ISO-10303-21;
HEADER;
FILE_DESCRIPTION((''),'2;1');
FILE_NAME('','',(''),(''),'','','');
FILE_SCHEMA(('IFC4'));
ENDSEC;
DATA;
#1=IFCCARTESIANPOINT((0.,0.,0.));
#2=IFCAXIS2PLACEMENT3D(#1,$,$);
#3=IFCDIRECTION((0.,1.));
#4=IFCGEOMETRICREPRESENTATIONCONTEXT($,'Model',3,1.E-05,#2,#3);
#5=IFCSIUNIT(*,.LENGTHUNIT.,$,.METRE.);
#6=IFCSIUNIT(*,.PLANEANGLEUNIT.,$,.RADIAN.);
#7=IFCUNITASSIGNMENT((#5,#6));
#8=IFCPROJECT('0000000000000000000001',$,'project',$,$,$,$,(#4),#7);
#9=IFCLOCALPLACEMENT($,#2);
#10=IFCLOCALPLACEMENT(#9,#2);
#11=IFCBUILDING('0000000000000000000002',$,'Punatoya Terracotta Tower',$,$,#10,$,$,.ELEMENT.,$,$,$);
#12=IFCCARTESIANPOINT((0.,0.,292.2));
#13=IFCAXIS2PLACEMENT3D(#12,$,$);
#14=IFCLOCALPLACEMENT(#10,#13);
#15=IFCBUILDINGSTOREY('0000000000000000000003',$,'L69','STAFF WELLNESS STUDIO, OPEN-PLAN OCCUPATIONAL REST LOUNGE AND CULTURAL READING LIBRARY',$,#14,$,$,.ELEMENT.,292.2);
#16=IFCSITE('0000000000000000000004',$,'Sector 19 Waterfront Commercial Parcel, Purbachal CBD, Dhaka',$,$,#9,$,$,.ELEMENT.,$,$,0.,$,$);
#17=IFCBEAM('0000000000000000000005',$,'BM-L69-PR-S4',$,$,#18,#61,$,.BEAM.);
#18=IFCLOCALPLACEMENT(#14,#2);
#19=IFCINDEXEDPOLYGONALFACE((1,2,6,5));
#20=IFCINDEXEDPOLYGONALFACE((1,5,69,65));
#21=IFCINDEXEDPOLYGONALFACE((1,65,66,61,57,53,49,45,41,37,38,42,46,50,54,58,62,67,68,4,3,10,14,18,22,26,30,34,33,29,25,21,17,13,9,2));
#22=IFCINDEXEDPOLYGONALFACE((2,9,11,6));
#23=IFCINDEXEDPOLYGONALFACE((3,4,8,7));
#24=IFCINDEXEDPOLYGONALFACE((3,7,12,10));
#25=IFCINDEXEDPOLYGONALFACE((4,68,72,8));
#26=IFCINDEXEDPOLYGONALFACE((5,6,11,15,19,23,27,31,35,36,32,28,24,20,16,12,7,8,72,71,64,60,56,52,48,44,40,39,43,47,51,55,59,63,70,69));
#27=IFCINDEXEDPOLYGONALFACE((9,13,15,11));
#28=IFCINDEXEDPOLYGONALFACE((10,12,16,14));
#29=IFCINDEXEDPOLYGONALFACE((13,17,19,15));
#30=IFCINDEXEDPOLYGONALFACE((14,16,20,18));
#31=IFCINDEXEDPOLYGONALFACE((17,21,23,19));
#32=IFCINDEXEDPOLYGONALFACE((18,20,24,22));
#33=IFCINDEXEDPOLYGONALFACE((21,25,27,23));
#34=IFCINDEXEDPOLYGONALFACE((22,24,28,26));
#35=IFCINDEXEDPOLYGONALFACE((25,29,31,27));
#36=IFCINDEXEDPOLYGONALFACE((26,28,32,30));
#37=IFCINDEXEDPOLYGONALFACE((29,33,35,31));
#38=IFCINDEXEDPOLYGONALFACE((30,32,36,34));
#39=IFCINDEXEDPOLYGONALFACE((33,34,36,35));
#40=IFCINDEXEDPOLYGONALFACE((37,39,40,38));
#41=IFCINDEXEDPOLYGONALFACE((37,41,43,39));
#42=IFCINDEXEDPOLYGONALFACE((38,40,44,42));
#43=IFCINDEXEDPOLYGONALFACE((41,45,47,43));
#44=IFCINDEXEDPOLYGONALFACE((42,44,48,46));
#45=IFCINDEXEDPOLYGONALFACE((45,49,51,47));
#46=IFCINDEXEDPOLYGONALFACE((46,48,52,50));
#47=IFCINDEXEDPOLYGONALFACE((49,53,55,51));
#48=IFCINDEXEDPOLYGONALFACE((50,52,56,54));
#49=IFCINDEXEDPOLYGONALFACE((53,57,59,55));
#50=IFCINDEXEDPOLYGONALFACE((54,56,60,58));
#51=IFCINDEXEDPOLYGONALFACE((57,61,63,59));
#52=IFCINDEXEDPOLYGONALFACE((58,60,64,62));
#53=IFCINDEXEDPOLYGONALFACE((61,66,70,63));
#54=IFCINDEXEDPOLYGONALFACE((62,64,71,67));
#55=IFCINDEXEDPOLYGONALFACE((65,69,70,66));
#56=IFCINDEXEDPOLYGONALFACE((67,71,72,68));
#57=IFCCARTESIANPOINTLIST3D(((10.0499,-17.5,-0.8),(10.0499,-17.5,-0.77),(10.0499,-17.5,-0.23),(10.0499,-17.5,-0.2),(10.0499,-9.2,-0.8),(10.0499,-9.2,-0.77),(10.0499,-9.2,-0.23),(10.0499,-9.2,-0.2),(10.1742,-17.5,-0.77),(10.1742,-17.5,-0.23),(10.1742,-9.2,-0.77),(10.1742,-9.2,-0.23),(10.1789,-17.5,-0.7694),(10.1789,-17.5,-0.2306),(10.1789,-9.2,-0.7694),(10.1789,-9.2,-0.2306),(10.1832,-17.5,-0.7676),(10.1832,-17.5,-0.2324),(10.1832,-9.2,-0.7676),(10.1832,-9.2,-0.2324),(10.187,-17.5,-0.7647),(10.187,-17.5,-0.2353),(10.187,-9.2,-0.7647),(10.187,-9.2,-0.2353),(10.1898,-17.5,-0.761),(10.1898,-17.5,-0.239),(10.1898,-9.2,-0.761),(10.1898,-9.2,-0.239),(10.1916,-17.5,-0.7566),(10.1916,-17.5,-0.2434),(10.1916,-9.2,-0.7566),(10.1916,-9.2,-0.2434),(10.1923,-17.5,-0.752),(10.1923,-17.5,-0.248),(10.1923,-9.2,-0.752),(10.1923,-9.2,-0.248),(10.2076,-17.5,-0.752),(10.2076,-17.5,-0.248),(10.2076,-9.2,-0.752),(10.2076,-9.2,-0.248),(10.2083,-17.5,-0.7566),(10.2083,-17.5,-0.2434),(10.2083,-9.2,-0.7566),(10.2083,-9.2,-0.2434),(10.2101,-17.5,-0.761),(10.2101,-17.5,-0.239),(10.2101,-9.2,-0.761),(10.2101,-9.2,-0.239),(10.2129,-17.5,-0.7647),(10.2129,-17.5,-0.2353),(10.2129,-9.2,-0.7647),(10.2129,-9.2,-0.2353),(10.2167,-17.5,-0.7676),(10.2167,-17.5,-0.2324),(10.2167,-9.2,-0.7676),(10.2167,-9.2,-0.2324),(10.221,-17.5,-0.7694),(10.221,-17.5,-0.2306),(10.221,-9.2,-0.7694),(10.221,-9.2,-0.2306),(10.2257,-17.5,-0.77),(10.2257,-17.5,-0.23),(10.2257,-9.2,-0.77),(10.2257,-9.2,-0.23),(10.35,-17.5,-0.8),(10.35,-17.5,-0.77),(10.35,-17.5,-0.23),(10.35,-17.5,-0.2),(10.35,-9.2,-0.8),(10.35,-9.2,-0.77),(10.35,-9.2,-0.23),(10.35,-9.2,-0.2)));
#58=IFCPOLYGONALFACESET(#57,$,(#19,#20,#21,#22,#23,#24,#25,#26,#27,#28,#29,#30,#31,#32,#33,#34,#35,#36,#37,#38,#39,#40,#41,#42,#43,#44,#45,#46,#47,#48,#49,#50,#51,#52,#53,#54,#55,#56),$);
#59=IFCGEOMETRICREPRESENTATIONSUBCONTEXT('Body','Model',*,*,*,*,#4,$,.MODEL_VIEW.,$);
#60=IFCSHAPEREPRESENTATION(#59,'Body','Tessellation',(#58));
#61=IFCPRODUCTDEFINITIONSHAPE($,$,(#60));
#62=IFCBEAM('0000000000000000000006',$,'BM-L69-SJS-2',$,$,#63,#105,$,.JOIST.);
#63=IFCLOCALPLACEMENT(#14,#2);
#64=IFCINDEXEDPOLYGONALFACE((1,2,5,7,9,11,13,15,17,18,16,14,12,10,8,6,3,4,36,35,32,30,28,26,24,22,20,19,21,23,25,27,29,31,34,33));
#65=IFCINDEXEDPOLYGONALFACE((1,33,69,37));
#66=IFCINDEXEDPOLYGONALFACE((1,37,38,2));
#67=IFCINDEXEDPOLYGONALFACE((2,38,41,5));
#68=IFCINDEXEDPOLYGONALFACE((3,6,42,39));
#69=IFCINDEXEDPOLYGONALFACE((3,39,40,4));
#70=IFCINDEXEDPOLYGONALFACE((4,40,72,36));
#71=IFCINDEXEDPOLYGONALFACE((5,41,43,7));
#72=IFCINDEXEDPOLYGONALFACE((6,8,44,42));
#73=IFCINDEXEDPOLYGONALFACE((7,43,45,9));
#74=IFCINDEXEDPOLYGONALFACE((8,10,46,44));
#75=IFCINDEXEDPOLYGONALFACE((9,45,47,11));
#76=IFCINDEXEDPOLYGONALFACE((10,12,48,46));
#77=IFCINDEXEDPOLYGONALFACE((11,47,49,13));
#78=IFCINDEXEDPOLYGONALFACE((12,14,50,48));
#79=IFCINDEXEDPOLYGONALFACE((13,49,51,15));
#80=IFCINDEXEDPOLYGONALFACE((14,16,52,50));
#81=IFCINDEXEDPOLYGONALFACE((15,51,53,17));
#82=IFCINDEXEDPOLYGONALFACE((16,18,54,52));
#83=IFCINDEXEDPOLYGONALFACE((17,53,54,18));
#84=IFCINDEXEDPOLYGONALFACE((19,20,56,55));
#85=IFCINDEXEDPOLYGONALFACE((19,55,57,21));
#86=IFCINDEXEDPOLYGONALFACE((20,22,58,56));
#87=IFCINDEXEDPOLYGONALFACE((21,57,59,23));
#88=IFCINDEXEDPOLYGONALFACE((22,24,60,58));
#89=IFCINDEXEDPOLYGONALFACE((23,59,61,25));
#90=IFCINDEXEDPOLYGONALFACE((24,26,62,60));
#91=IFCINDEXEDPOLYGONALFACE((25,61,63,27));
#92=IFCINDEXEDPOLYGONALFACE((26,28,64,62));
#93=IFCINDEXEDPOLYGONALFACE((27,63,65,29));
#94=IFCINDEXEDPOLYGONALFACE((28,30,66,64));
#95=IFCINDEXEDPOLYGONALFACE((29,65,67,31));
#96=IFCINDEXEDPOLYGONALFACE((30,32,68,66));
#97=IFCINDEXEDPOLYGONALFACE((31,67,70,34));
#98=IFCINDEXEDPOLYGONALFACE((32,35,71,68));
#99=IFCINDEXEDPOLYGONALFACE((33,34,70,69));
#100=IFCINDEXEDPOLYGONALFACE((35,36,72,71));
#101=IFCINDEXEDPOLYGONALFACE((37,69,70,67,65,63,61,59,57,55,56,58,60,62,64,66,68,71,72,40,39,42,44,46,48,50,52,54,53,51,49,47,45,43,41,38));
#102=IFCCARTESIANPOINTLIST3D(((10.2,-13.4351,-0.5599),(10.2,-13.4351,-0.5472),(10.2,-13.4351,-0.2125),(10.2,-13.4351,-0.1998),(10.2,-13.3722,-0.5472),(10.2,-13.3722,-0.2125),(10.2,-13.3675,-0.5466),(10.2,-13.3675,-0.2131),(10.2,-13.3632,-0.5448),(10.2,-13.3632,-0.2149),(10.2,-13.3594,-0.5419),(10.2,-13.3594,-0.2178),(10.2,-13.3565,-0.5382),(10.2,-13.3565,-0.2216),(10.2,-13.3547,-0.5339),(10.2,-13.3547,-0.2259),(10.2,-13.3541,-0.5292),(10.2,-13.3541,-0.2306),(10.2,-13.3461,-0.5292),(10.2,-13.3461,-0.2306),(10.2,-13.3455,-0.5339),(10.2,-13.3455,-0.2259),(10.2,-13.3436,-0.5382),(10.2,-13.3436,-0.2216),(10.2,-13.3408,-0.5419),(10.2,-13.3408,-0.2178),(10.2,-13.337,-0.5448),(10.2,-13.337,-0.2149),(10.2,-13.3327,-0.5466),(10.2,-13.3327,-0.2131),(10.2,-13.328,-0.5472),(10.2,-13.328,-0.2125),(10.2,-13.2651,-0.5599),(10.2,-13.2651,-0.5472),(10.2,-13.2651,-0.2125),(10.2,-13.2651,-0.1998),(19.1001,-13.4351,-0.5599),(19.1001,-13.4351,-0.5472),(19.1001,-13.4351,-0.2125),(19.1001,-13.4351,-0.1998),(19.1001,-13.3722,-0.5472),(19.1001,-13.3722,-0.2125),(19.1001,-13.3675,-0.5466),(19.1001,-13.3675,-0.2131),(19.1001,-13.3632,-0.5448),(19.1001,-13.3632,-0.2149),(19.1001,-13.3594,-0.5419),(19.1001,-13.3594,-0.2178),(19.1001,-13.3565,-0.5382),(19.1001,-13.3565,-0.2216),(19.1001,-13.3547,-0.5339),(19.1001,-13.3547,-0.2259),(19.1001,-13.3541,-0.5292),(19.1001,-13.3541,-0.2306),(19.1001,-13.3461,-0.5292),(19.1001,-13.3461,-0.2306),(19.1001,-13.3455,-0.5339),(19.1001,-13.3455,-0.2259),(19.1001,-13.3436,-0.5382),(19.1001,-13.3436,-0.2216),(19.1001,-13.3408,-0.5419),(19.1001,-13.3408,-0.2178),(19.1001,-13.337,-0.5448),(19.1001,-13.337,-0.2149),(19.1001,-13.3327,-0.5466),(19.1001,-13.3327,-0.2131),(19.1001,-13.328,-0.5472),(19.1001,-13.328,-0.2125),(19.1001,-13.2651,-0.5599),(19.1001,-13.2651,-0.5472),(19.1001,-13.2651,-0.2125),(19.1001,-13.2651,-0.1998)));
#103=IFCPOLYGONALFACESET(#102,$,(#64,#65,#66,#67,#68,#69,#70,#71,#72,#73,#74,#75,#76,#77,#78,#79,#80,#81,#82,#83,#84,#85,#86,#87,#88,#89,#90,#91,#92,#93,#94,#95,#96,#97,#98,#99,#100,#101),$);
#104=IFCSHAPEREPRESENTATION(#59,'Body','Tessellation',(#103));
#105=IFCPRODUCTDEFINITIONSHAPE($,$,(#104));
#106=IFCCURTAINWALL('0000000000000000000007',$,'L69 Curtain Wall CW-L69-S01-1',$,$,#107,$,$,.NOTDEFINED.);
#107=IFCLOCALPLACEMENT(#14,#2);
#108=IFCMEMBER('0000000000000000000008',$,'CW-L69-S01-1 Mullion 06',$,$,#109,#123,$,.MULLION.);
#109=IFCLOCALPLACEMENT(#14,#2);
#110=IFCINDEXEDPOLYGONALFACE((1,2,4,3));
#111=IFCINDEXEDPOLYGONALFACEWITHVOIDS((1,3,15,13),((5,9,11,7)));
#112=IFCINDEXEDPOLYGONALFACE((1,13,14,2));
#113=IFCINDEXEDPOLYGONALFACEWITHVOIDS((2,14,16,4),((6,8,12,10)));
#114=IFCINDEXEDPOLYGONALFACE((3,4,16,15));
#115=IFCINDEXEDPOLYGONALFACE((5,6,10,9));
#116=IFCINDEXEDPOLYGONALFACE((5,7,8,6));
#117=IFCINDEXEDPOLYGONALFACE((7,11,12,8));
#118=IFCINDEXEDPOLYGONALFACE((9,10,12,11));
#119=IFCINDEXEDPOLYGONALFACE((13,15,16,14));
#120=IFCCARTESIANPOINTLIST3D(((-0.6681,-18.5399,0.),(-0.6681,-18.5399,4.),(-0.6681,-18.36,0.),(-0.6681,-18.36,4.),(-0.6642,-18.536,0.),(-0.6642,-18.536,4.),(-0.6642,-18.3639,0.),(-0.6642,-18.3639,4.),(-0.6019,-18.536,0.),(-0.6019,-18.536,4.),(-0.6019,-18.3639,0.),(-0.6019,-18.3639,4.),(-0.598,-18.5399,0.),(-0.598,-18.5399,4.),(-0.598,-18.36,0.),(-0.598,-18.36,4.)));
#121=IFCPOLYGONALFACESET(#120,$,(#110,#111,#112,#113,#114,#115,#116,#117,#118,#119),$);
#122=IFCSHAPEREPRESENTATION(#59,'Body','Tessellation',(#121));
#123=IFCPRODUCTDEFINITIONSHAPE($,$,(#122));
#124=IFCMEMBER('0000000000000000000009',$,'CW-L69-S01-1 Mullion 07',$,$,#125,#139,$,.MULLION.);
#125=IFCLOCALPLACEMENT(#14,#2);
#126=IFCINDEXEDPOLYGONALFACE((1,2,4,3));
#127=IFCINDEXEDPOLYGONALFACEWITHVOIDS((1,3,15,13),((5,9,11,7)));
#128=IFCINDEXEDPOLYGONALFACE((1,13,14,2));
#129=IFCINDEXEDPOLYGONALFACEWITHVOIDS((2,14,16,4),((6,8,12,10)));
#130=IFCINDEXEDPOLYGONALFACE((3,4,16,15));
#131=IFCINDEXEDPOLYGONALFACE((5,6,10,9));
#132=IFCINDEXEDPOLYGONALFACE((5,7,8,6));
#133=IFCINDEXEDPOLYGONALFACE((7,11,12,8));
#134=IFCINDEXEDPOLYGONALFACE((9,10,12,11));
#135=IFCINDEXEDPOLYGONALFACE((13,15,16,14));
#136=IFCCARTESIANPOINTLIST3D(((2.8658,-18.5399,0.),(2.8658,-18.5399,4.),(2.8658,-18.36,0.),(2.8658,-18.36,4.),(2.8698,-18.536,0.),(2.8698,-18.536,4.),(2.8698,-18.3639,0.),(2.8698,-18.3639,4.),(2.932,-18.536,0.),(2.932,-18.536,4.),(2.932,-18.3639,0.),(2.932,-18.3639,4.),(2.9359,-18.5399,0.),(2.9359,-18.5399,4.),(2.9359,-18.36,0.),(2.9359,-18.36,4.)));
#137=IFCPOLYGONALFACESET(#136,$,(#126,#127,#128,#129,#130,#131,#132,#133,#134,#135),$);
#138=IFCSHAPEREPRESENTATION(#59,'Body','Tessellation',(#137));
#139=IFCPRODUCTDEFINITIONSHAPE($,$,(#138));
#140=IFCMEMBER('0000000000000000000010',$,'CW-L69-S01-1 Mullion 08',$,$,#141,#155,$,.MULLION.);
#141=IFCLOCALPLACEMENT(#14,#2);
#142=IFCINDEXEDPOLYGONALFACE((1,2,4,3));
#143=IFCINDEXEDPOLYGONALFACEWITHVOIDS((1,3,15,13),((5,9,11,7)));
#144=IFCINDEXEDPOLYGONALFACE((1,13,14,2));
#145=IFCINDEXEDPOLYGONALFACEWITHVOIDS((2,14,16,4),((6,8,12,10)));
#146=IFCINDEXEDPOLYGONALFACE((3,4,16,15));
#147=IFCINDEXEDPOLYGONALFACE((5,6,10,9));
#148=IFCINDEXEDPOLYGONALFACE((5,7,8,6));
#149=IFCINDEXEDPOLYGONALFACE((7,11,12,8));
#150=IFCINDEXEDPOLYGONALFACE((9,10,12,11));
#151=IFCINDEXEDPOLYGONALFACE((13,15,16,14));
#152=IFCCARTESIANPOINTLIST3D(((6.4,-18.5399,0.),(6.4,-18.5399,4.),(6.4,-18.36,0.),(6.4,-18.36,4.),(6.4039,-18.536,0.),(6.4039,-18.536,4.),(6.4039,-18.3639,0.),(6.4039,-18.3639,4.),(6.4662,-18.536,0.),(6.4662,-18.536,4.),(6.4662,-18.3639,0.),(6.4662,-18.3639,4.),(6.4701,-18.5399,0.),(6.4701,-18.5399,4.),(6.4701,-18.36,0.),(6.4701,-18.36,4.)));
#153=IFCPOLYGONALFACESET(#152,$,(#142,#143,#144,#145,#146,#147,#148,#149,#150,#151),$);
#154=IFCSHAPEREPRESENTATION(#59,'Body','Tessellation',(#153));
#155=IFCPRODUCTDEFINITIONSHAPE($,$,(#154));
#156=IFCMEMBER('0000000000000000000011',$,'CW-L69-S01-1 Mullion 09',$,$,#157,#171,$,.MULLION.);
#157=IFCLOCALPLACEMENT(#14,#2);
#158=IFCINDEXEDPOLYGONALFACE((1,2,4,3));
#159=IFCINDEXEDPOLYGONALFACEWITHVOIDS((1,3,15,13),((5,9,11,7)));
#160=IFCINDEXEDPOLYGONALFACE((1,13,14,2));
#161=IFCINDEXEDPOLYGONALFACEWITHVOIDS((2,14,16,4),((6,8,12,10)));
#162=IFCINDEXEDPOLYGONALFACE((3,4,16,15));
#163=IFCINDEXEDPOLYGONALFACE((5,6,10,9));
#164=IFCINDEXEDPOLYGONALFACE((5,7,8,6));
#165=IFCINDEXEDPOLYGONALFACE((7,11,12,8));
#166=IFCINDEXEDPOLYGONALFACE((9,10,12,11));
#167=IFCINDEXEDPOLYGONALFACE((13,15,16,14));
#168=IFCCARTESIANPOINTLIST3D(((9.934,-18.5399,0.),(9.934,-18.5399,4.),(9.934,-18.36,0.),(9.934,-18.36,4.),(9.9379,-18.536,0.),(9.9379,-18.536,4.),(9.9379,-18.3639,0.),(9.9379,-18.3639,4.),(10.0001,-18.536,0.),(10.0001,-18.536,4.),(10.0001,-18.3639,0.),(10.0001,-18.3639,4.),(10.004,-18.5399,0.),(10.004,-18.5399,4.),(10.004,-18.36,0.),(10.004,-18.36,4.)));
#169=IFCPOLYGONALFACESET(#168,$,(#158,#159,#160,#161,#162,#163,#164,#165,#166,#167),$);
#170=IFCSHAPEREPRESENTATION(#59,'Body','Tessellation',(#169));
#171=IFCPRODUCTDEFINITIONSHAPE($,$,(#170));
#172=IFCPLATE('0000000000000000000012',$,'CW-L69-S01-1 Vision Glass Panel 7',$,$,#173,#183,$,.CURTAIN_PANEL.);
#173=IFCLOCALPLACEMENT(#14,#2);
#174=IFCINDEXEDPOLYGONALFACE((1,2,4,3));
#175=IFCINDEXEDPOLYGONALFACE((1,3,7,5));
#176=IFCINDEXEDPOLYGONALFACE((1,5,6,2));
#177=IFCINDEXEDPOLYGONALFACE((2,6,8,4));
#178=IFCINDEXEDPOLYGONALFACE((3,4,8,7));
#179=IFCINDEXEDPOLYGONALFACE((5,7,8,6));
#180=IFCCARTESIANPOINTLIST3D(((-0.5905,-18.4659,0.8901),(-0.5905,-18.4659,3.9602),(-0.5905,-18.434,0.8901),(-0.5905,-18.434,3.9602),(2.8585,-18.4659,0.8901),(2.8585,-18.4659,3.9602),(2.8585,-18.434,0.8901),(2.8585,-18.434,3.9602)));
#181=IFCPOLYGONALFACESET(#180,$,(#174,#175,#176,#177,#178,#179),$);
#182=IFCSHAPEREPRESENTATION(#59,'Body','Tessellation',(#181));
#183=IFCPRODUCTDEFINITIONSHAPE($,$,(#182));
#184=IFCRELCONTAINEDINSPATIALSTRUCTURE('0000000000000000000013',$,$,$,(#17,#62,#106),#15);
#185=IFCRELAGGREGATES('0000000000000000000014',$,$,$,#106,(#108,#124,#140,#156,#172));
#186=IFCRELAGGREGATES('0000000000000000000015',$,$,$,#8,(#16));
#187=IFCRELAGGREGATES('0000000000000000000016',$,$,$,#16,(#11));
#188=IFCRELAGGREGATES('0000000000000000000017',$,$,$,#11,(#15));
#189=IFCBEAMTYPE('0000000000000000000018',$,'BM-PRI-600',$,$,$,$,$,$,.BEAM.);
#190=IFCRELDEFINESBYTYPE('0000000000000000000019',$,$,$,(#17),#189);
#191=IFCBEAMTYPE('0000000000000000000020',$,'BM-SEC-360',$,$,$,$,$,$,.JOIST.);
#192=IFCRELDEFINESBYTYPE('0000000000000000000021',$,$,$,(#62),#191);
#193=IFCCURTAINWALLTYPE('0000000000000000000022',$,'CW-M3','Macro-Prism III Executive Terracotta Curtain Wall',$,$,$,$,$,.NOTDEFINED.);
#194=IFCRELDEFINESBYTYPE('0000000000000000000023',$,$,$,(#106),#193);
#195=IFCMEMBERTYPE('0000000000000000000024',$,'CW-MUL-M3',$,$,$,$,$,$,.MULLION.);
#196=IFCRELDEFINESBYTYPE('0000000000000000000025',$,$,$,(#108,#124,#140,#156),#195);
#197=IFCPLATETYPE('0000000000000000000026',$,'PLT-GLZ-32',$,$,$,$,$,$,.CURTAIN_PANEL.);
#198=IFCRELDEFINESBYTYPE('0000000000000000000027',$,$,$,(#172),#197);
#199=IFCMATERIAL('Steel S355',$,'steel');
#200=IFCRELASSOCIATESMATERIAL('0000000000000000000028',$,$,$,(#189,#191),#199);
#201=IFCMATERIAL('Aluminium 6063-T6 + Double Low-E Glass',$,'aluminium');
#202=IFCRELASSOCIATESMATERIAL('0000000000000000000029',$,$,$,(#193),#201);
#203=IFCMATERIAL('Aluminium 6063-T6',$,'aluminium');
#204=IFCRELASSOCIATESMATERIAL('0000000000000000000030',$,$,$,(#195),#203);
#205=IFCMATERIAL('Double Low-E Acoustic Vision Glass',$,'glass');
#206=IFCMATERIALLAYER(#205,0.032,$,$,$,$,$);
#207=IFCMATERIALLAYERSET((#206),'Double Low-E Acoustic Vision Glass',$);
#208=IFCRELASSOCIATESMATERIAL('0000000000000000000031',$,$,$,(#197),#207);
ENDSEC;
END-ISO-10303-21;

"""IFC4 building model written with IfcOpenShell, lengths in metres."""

from ifc_helpers import new_model, si_unit, direction, frame, origin, origin_2d, place, context, subcontext, project, spatial, rectangle, hollow_rectangle, i_section, extrude, material, layer, layer_set, material_profile, profile_set, type_object, element, aggregate, save


model = new_model("IFC4")

# Units and contexts
model_context = context("Model", 3, precision=1e-05, world=origin(), true_north=direction((0.0, 1.0)))
body_context = subcontext(model_context, "Body", "Model", "MODEL_VIEW")
ifc_project = project(units=[si_unit("LENGTHUNIT", "METRE"), si_unit("PLANEANGLEUNIT", "RADIAN")], contexts=[model_context])

# Site, building, storey
site_placement = place(None, origin())
site = spatial("IfcSite", under=ifc_project, at=site_placement, Name="Sector 19 Waterfront Commercial Parcel, Purbachal CBD, Dhaka", CompositionType="ELEMENT", RefElevation=0.0)
building_placement = place(site_placement, origin())
building = spatial("IfcBuilding", under=site, at=building_placement, Name="Punatoya Terracotta Tower", CompositionType="ELEMENT")
storey_placement = place(building_placement, frame((0.0, 0.0, 292.2)))
storey = spatial("IfcBuildingStorey", under=building, at=storey_placement, Name="L69", Description="STAFF WELLNESS STUDIO, OPEN-PLAN OCCUPATIONAL REST LOUNGE AND CULTURAL READING LIBRARY", CompositionType="ELEMENT", Elevation=292.2)

# Beams
ifc_material_1 = material(Name="Steel S355", Category="steel")
ifc_material_profile_1 = material_profile(ifc_material_1, i_section(OverallWidth=0.3, OverallDepth=0.6001, WebThickness=0.0154, FlangeThickness=0.03, FilletRadius=0.0181, at=origin_2d()))
ifc_profile_set_1 = profile_set([ifc_material_profile_1], Name="Steel S355")
beam_type_1 = type_object("IfcBeamType", Name="BM-PRI-600", PredefinedType="BEAM", material=ifc_profile_set_1)
for number, where, z_axis, x_axis, name in (
    (1, (10.2, -17.5, -0.5), (0.0, 1.0, 0.0), (-1.0, 0.0, 0.0), "BM-L69-PR-S4"),
):
    element("IfcBeam", number, at=place(storey_placement, frame(where, z_axis=z_axis, x_axis=x_axis)), inside=storey, type_object=beam_type_1, Name=name, PredefinedType="BEAM", context=body_context, shape_type="SweptSolid", body=[
        extrude(i_section(OverallWidth=0.3, OverallDepth=0.6001, WebThickness=0.0154, FlangeThickness=0.03, FilletRadius=0.0181, at=origin_2d()), origin(), (0.0, 0.0, 1.0), 8.3),
    ])
ifc_material_profile_2 = material_profile(ifc_material_1, i_section(OverallWidth=0.1699, OverallDepth=0.3601, WebThickness=0.0081, FlangeThickness=0.0127, FilletRadius=0.0181, at=origin_2d()))
ifc_profile_set_2 = profile_set([ifc_material_profile_2], Name="Steel S355")
beam_type_2 = type_object("IfcBeamType", Name="BM-SEC-360", PredefinedType="JOIST", material=ifc_profile_set_2)
beam_1_placement = place(storey_placement, frame((10.2, -13.3501, -0.3799), z_axis=(1.0, 0.0, 0.0), x_axis=(0.0, 1.0, 0.0)))
element("IfcBeam", 2, at=beam_1_placement, inside=storey, type_object=beam_type_2, Name="BM-L69-SJS-2", PredefinedType="JOIST", context=body_context, shape_type="SweptSolid", body=[
    extrude(i_section(OverallWidth=0.1699, OverallDepth=0.3601, WebThickness=0.0081, FlangeThickness=0.0127, FilletRadius=0.0181, at=origin_2d()), origin(), (0.0, 0.0, 1.0), 8.9001),
])

# Curtain wall, members, plate
ifc_material_2 = material(Name="Aluminium 6063-T6 + Double Low-E Glass", Category="aluminium")
curtain_wall_type = type_object("IfcCurtainWallType", Name="CW-M3", Description="Macro-Prism III Executive Terracotta Curtain Wall", PredefinedType="NOTDEFINED", material=ifc_material_2)
curtain_wall_placement = place(storey_placement, origin())
curtain_wall = element("IfcCurtainWall", 3, at=curtain_wall_placement, inside=storey, type_object=curtain_wall_type, Name="L69 Curtain Wall CW-L69-S01-1", PredefinedType="NOTDEFINED")
ifc_material_3 = material(Name="Aluminium 6063-T6", Category="aluminium")
ifc_material_profile_3 = material_profile(ifc_material_3, hollow_rectangle(XDim=0.0701, YDim=0.1799, WallThickness=0.0039, at=origin_2d()))
ifc_profile_set_3 = profile_set([ifc_material_profile_3], Name="Aluminium 6063-T6")
member_type = type_object("IfcMemberType", Name="CW-MUL-M3", PredefinedType="MULLION", material=ifc_profile_set_3)
member_1_placement = place(storey_placement, frame((-0.6331, -18.45, 0.0), z_axis=(0.0, 0.0, 1.0), x_axis=(1.0, 0.0, 0.0)))
member_1 = element("IfcMember", 4, at=member_1_placement, type_object=member_type, Name="CW-L69-S01-1 Mullion 06", PredefinedType="MULLION", context=body_context, shape_type="SweptSolid", body=[
    extrude(hollow_rectangle(XDim=0.0701, YDim=0.1799, WallThickness=0.0039, at=origin_2d()), origin(), (0.0, 0.0, 1.0), 4.0),
])
member_2_placement = place(storey_placement, frame((2.9009, -18.45, 0.0), z_axis=(0.0, 0.0, 1.0), x_axis=(1.0, 0.0, 0.0)))
member_2 = element("IfcMember", 5, at=member_2_placement, type_object=member_type, Name="CW-L69-S01-1 Mullion 07", PredefinedType="MULLION", context=body_context, shape_type="SweptSolid", body=[
    extrude(hollow_rectangle(XDim=0.0701, YDim=0.1799, WallThickness=0.0039, at=origin_2d()), origin(), (0.0, 0.0, 1.0), 4.0),
])
member_3_placement = place(storey_placement, frame((6.4351, -18.45, 0.0), z_axis=(0.0, 0.0, 1.0), x_axis=(1.0, 0.0, 0.0)))
member_3 = element("IfcMember", 6, at=member_3_placement, type_object=member_type, Name="CW-L69-S01-1 Mullion 08", PredefinedType="MULLION", context=body_context, shape_type="SweptSolid", body=[
    extrude(hollow_rectangle(XDim=0.0701, YDim=0.1799, WallThickness=0.0039, at=origin_2d()), origin(), (0.0, 0.0, 1.0), 4.0),
])
member_4_placement = place(storey_placement, frame((9.969, -18.45, 0.0), z_axis=(0.0, 0.0, 1.0), x_axis=(1.0, 0.0, 0.0)))
member_4 = element("IfcMember", 7, at=member_4_placement, type_object=member_type, Name="CW-L69-S01-1 Mullion 09", PredefinedType="MULLION", context=body_context, shape_type="SweptSolid", body=[
    extrude(hollow_rectangle(XDim=0.0701, YDim=0.1799, WallThickness=0.0039, at=origin_2d()), origin(), (0.0, 0.0, 1.0), 4.0),
])
ifc_material_4 = material(Name="Double Low-E Acoustic Vision Glass", Category="glass")
ifc_layer_1 = layer(ifc_material_4, 0.032)
ifc_layer_set_1 = layer_set([ifc_layer_1], Name="Double Low-E Acoustic Vision Glass")
plate_type_1 = type_object("IfcPlateType", Name="PLT-GLZ-32", PredefinedType="CURTAIN_PANEL", material=ifc_layer_set_1)
plate_1_placement = place(storey_placement, frame((1.134, -18.45, 0.8901), z_axis=(0.0, 0.0, 1.0), x_axis=(1.0, 0.0, 0.0)))
plate_1 = element("IfcPlate", 8, at=plate_1_placement, type_object=plate_type_1, Name="CW-L69-S01-1 Vision Glass Panel 7", PredefinedType="CURTAIN_PANEL", context=body_context, shape_type="SweptSolid", body=[
    extrude(rectangle(XDim=3.449, YDim=0.032, at=origin_2d()), origin(), (0.0, 0.0, 1.0), 3.0701),
])
aggregate(curtain_wall, [member_1, member_2, member_3, member_4, plate_1])

save(model, "model.ifc")
